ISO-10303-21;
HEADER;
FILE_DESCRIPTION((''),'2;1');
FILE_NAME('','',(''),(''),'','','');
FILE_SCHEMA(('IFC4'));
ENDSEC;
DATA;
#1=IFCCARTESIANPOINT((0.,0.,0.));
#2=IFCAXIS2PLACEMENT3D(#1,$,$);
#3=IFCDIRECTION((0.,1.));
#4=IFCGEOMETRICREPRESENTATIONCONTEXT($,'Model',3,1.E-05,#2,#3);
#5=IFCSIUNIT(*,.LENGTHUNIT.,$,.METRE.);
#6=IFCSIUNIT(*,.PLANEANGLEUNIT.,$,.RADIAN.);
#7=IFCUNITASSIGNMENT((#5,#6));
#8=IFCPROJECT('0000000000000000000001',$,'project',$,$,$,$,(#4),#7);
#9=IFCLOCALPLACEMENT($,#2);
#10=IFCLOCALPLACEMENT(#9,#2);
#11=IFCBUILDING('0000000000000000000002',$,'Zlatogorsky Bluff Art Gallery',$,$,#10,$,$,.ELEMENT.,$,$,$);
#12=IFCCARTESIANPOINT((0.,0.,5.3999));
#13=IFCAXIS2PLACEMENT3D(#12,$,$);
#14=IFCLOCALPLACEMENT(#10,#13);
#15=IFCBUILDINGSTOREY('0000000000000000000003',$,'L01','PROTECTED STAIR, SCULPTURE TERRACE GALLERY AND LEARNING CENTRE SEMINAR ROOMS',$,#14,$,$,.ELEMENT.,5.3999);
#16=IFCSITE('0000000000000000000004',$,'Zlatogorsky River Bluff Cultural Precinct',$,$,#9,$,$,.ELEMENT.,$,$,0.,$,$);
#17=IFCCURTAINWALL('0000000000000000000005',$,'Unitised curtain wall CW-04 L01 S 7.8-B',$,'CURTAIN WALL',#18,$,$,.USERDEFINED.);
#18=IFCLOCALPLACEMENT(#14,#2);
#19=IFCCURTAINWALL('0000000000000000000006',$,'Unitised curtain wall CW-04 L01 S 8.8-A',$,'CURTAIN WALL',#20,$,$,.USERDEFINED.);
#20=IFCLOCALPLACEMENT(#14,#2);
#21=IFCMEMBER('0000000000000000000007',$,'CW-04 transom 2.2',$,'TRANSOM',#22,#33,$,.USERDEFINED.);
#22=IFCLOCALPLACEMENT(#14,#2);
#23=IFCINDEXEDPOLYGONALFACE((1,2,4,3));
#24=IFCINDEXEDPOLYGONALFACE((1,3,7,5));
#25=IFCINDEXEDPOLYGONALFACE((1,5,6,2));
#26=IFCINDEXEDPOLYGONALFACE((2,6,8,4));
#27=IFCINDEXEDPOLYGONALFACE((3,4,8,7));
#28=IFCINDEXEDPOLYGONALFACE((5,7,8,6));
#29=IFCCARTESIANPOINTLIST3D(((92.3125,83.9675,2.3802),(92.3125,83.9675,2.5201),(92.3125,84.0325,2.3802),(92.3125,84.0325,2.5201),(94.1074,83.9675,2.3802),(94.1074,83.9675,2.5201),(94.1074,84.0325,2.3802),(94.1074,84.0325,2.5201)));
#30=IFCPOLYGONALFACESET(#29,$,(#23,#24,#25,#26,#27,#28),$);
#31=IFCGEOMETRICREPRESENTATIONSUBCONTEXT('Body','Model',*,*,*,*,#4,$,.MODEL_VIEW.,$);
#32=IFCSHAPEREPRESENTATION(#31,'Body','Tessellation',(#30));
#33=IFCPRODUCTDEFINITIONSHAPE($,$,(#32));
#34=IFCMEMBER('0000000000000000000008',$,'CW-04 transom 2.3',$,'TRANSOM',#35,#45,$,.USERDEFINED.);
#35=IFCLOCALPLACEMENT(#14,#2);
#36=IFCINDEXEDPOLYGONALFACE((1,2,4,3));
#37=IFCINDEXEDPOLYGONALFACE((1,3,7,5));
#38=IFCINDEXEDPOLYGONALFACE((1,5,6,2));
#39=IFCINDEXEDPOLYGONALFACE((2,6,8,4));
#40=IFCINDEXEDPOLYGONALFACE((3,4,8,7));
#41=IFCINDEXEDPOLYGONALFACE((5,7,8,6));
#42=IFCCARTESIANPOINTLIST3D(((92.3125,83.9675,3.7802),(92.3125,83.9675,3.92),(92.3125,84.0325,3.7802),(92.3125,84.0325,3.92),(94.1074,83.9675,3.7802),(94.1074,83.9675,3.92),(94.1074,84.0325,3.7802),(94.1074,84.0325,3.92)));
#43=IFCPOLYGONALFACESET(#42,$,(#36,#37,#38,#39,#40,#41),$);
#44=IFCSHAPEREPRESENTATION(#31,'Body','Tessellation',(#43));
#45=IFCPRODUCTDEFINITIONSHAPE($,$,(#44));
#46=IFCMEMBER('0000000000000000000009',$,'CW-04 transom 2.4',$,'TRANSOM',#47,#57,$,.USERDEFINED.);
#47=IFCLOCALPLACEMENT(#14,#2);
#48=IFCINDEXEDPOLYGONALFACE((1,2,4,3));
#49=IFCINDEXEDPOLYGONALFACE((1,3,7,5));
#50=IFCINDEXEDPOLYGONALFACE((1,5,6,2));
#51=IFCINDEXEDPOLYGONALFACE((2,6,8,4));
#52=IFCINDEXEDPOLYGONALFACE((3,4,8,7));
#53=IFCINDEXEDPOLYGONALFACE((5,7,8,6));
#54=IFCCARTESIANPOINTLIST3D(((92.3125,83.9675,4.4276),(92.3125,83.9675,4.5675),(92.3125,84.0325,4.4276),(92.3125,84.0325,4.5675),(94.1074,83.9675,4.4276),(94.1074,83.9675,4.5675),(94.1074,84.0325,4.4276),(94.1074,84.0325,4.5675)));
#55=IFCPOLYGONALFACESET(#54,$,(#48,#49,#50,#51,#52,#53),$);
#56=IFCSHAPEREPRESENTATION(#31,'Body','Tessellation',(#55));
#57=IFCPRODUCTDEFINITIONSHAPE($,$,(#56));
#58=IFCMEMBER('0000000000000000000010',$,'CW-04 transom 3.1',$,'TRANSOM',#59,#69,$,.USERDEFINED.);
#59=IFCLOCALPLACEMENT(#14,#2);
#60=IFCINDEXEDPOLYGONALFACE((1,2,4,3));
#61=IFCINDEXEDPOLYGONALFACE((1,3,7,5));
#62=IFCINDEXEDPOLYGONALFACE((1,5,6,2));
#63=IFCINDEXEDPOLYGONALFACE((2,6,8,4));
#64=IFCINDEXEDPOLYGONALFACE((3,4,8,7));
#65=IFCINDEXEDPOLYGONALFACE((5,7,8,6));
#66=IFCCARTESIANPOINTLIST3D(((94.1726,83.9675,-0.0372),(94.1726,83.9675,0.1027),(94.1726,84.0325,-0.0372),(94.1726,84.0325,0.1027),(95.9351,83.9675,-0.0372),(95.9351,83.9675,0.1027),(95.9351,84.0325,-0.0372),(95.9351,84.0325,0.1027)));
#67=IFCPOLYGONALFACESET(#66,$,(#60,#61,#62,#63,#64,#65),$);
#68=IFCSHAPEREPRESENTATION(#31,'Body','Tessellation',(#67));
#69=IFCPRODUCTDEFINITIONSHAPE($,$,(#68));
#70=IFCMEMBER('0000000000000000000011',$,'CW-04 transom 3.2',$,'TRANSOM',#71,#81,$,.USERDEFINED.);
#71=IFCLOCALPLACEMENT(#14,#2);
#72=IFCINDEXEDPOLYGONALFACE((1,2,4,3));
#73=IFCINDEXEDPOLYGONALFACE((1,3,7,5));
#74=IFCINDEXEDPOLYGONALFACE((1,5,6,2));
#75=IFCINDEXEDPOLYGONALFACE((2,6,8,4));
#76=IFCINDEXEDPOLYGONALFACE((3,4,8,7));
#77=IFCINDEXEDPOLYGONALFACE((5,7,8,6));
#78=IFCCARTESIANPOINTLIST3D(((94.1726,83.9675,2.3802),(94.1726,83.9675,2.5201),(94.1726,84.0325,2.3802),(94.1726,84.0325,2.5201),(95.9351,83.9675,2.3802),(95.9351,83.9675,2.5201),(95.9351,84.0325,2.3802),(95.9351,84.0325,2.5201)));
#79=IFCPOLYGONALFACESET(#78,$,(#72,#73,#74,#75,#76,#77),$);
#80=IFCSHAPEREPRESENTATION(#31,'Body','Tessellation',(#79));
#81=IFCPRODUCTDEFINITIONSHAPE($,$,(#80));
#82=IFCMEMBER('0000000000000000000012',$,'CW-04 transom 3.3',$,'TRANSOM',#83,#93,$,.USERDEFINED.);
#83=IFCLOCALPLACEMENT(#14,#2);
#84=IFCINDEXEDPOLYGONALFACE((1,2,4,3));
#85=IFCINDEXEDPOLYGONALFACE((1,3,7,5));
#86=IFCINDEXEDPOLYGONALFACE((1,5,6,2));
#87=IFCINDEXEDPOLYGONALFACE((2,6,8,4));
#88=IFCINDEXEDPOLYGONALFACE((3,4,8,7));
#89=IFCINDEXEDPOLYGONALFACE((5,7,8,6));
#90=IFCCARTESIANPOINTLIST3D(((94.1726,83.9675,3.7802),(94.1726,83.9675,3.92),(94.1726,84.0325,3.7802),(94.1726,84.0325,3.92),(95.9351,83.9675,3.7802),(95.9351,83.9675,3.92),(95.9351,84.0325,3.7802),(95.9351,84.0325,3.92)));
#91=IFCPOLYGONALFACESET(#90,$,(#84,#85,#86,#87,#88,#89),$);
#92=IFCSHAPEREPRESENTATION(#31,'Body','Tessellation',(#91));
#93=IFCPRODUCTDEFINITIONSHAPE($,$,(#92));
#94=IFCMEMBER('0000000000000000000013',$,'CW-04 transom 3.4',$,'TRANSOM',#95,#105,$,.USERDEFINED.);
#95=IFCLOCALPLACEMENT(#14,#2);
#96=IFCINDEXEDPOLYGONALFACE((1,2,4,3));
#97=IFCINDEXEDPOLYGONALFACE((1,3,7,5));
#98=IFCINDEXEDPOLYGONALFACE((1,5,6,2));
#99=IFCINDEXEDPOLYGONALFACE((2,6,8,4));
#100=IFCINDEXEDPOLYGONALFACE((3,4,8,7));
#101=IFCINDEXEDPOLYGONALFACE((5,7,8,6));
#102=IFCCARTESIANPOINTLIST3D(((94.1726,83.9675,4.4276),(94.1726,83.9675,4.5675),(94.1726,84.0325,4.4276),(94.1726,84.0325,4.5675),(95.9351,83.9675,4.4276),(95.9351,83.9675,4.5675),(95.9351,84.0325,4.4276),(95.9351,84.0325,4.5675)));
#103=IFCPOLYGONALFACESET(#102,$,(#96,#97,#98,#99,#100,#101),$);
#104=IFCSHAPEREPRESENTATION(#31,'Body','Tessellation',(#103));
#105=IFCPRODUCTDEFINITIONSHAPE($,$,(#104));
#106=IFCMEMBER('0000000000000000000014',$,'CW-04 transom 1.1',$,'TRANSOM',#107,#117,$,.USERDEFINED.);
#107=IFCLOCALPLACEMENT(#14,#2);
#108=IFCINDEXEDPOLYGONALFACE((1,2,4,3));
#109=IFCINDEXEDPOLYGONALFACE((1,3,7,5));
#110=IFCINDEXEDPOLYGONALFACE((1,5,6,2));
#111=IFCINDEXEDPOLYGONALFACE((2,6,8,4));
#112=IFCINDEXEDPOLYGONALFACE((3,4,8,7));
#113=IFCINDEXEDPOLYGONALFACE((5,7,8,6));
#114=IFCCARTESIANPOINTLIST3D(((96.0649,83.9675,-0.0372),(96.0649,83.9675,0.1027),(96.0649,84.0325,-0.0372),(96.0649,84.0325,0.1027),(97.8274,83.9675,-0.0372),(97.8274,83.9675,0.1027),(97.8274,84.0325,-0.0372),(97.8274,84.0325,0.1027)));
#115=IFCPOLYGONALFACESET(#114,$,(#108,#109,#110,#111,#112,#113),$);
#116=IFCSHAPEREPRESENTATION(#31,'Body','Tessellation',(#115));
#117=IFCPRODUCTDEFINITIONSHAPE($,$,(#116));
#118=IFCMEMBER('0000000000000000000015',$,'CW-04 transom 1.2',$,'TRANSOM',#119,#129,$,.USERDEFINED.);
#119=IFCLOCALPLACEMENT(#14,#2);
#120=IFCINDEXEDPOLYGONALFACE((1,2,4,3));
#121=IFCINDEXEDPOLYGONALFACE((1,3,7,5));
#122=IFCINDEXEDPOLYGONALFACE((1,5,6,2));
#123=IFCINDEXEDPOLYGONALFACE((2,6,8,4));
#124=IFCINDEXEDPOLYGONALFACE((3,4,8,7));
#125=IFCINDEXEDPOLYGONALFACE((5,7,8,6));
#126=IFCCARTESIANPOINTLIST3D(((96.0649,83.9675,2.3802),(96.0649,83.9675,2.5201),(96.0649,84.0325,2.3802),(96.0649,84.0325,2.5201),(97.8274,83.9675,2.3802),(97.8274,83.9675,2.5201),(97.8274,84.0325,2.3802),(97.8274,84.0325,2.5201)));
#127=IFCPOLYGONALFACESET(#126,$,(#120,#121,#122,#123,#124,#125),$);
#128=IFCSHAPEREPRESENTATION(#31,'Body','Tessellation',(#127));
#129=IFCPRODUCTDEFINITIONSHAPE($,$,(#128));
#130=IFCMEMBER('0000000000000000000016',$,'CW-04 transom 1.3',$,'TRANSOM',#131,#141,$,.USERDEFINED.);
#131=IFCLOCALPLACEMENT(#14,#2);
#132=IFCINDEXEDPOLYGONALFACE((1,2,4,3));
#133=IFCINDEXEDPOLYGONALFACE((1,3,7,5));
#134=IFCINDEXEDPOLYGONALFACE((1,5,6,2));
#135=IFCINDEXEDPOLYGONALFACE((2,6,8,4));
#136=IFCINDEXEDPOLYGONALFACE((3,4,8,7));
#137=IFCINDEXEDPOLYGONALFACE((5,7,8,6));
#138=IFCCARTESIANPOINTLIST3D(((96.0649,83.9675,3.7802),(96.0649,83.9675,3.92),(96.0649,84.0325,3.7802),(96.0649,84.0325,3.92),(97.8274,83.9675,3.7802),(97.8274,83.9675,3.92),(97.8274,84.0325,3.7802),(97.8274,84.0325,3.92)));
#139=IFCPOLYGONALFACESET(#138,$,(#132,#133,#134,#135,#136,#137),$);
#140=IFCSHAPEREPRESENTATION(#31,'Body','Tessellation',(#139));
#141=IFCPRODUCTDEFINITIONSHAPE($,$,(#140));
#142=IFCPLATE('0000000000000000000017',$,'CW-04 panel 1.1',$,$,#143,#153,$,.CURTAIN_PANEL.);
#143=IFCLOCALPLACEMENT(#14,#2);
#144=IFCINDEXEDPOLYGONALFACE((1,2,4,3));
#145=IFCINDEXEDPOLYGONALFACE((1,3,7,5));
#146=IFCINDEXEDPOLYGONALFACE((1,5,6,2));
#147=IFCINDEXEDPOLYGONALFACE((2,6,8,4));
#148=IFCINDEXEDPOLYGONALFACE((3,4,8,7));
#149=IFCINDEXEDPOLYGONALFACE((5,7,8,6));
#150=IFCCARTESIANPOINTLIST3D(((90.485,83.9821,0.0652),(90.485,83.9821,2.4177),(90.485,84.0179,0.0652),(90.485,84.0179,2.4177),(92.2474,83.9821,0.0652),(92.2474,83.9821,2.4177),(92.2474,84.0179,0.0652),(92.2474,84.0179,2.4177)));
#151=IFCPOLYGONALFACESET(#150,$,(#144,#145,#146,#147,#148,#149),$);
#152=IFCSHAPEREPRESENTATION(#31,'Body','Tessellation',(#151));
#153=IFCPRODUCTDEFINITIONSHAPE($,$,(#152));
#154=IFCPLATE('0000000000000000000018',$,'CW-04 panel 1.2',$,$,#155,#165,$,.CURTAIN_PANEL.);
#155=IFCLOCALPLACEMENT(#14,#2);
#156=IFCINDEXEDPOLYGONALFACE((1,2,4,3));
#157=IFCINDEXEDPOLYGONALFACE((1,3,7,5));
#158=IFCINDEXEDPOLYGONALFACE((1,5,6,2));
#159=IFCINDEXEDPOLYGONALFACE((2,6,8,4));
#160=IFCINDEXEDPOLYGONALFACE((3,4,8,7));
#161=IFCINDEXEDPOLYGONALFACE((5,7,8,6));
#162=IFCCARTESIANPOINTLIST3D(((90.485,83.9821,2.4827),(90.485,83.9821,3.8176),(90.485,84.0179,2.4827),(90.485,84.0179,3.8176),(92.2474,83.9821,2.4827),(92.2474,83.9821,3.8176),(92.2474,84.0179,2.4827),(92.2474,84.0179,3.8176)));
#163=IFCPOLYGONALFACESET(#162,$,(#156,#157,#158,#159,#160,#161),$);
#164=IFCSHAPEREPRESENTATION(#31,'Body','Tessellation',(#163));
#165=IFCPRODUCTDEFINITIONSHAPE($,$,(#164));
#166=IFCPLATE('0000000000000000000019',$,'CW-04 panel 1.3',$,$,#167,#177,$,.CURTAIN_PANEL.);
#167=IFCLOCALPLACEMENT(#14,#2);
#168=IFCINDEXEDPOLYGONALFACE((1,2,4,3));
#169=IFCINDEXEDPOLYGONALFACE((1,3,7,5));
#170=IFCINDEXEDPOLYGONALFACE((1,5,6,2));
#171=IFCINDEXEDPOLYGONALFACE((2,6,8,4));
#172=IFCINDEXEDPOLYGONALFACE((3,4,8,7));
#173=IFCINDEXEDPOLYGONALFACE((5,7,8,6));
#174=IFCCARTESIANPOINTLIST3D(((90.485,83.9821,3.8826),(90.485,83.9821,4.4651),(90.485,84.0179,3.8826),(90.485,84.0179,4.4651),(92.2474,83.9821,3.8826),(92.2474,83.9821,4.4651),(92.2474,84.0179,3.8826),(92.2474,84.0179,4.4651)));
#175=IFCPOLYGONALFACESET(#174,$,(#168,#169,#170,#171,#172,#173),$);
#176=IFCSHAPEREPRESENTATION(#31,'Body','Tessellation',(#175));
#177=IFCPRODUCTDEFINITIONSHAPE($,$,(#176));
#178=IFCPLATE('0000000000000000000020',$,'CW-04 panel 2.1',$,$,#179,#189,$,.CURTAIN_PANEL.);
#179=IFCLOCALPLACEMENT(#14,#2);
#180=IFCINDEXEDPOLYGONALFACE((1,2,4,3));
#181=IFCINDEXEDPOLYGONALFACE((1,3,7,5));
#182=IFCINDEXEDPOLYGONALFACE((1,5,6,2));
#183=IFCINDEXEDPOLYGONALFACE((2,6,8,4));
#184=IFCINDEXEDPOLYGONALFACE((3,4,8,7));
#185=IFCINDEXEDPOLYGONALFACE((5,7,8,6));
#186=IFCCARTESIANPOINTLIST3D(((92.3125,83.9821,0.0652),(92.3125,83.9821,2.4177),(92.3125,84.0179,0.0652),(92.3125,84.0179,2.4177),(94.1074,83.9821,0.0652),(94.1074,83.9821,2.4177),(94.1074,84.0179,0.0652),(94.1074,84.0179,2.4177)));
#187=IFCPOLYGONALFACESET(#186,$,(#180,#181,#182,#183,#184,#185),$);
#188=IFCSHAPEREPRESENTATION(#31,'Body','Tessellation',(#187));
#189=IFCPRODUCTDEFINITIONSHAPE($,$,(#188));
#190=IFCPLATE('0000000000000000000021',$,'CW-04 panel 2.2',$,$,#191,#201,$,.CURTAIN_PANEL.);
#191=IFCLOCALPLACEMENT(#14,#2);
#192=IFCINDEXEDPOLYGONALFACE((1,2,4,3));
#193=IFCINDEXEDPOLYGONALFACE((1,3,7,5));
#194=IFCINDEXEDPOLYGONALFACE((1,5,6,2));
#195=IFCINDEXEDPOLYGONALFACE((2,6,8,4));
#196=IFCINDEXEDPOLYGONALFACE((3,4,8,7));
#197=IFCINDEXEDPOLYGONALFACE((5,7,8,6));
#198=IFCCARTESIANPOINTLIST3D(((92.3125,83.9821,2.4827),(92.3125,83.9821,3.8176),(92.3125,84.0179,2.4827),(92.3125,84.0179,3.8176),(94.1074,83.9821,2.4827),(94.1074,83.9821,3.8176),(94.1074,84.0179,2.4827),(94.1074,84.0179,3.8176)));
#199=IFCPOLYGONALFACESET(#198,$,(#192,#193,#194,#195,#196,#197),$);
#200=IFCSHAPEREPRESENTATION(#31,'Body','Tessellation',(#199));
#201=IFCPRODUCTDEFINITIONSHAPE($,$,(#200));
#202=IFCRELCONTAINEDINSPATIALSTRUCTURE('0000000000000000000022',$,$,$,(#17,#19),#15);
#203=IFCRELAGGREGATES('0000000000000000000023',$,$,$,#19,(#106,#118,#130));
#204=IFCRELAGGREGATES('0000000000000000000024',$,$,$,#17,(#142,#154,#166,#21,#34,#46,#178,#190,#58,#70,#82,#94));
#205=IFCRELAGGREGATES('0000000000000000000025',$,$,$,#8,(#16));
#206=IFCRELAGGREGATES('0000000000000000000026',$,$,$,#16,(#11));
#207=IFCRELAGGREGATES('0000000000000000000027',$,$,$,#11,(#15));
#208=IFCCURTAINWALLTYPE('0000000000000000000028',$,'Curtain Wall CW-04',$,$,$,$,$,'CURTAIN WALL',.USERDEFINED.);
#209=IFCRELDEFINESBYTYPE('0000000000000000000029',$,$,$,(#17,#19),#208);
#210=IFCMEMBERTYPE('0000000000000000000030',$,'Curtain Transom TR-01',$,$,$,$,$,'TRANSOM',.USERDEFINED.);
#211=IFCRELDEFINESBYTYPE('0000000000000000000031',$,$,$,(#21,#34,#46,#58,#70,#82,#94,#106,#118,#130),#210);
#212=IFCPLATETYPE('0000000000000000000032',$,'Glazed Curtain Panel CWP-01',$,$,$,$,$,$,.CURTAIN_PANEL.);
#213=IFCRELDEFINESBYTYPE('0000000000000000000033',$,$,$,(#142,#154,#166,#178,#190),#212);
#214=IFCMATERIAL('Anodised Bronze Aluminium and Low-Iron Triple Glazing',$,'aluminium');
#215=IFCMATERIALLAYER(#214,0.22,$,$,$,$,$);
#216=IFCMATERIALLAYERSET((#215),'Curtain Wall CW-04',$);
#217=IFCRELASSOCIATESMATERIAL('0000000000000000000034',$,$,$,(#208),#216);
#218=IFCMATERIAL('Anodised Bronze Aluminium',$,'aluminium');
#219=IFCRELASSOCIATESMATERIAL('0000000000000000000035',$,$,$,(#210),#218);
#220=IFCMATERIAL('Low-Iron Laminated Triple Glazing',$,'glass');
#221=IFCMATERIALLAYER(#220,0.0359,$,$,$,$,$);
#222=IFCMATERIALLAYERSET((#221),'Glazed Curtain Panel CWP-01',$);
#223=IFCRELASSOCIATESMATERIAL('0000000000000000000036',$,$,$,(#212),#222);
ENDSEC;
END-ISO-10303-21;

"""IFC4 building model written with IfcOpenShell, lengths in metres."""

from ifc_helpers import new_model, si_unit, direction, frame, origin, origin_2d, place, context, subcontext, project, spatial, rectangle, extrude, material, layer, layer_set, material_profile, profile_set, type_object, element, aggregate, save


model = new_model("IFC4")

# Units and contexts
model_context = context("Model", 3, precision=1e-05, world=origin(), true_north=direction((0.0, 1.0)))
body_context = subcontext(model_context, "Body", "Model", "MODEL_VIEW")
ifc_project = project(units=[si_unit("LENGTHUNIT", "METRE"), si_unit("PLANEANGLEUNIT", "RADIAN")], contexts=[model_context])

# Site, building, storey
site_placement = place(None, origin())
site = spatial("IfcSite", under=ifc_project, at=site_placement, Name="Zlatogorsky River Bluff Cultural Precinct", CompositionType="ELEMENT", RefElevation=0.0)
building_placement = place(site_placement, origin())
building = spatial("IfcBuilding", under=site, at=building_placement, Name="Zlatogorsky Bluff Art Gallery", CompositionType="ELEMENT")
storey_placement = place(building_placement, frame((0.0, 0.0, 5.3999)))
storey = spatial("IfcBuildingStorey", under=building, at=storey_placement, Name="L01", Description="PROTECTED STAIR, SCULPTURE TERRACE GALLERY AND LEARNING CENTRE SEMINAR ROOMS", CompositionType="ELEMENT", Elevation=5.3999)

# Curtain wall
ifc_material_1 = material(Name="Anodised Bronze Aluminium and Low-Iron Triple Glazing", Category="aluminium")
ifc_layer_1 = layer(ifc_material_1, 0.22)
ifc_layer_set_1 = layer_set([ifc_layer_1], Name="Curtain Wall CW-04")
curtain_wall_type = type_object("IfcCurtainWallType", Name="Curtain Wall CW-04", ElementType="CURTAIN WALL", PredefinedType="USERDEFINED", material=ifc_layer_set_1)
curtain_wall_1_placement = place(storey_placement, origin())
curtain_wall_1 = element("IfcCurtainWall", 1, at=curtain_wall_1_placement, inside=storey, type_object=curtain_wall_type, Name="Unitised curtain wall CW-04 L01 S 7.8-B", ObjectType="CURTAIN WALL", PredefinedType="USERDEFINED")
ifc_material_2 = material(Name="Anodised Bronze Aluminium", Category="aluminium")

# Curtain wall
curtain_wall_2_placement = place(storey_placement, origin())
curtain_wall_2 = element("IfcCurtainWall", 2, at=curtain_wall_2_placement, inside=storey, type_object=curtain_wall_type, Name="Unitised curtain wall CW-04 L01 S 8.8-A", ObjectType="CURTAIN WALL", PredefinedType="USERDEFINED")

# Members
ifc_material_profile_1 = material_profile(ifc_material_2, rectangle(XDim=0.0649, YDim=0.1399, at=origin_2d()), Name="ALU TRANSOM 65x140")
ifc_profile_set_1 = profile_set([ifc_material_profile_1], Name="Anodised Bronze Aluminium")
member_type_1 = type_object("IfcMemberType", Name="Curtain Transom TR-01", ElementType="TRANSOM", PredefinedType="USERDEFINED", material=ifc_profile_set_1)
member_1_placement = place(storey_placement, frame((92.3125, 84.0, 2.4502), z_axis=(1.0, 0.0, 0.0), x_axis=(0.0, 1.0, 0.0)))
member_1 = element("IfcMember", 3, at=member_1_placement, type_object=member_type_1, Name="CW-04 transom 2.2", ObjectType="TRANSOM", PredefinedType="USERDEFINED", context=body_context, shape_type="SweptSolid", body=[
    extrude(rectangle(XDim=0.0649, YDim=0.1399, at=origin_2d()), origin(), (0.0, 0.0, 1.0), 1.7949),
])
member_2_placement = place(storey_placement, frame((92.3125, 84.0, 3.8501), z_axis=(1.0, 0.0, 0.0), x_axis=(0.0, 1.0, 0.0)))
member_2 = element("IfcMember", 4, at=member_2_placement, type_object=member_type_1, Name="CW-04 transom 2.3", ObjectType="TRANSOM", PredefinedType="USERDEFINED", context=body_context, shape_type="SweptSolid", body=[
    extrude(rectangle(XDim=0.0649, YDim=0.1399, at=origin_2d()), origin(), (0.0, 0.0, 1.0), 1.7949),
])
member_3_placement = place(storey_placement, frame((92.3125, 84.0, 4.4976), z_axis=(1.0, 0.0, 0.0), x_axis=(0.0, 1.0, 0.0)))
member_3 = element("IfcMember", 5, at=member_3_placement, type_object=member_type_1, Name="CW-04 transom 2.4", ObjectType="TRANSOM", PredefinedType="USERDEFINED", context=body_context, shape_type="SweptSolid", body=[
    extrude(rectangle(XDim=0.0649, YDim=0.1399, at=origin_2d()), origin(), (0.0, 0.0, 1.0), 1.7949),
])
member_4_placement = place(storey_placement, frame((94.1726, 84.0, 0.0327), z_axis=(1.0, 0.0, 0.0), x_axis=(0.0, 1.0, 0.0)))
member_4 = element("IfcMember", 6, at=member_4_placement, type_object=member_type_1, Name="CW-04 transom 3.1", ObjectType="TRANSOM", PredefinedType="USERDEFINED", context=body_context, shape_type="SweptSolid", body=[
    extrude(rectangle(XDim=0.0649, YDim=0.1399, at=origin_2d()), origin(), (0.0, 0.0, 1.0), 1.7625),
])
member_5_placement = place(storey_placement, frame((94.1726, 84.0, 2.4502), z_axis=(1.0, 0.0, 0.0), x_axis=(0.0, 1.0, 0.0)))
member_5 = element("IfcMember", 7, at=member_5_placement, type_object=member_type_1, Name="CW-04 transom 3.2", ObjectType="TRANSOM", PredefinedType="USERDEFINED", context=body_context, shape_type="SweptSolid", body=[
    extrude(rectangle(XDim=0.0649, YDim=0.1399, at=origin_2d()), origin(), (0.0, 0.0, 1.0), 1.7625),
])
member_6_placement = place(storey_placement, frame((94.1726, 84.0, 3.8501), z_axis=(1.0, 0.0, 0.0), x_axis=(0.0, 1.0, 0.0)))
member_6 = element("IfcMember", 8, at=member_6_placement, type_object=member_type_1, Name="CW-04 transom 3.3", ObjectType="TRANSOM", PredefinedType="USERDEFINED", context=body_context, shape_type="SweptSolid", body=[
    extrude(rectangle(XDim=0.0649, YDim=0.1399, at=origin_2d()), origin(), (0.0, 0.0, 1.0), 1.7625),
])
member_7_placement = place(storey_placement, frame((94.1726, 84.0, 4.4976), z_axis=(1.0, 0.0, 0.0), x_axis=(0.0, 1.0, 0.0)))
member_7 = element("IfcMember", 9, at=member_7_placement, type_object=member_type_1, Name="CW-04 transom 3.4", ObjectType="TRANSOM", PredefinedType="USERDEFINED", context=body_context, shape_type="SweptSolid", body=[
    extrude(rectangle(XDim=0.0649, YDim=0.1399, at=origin_2d()), origin(), (0.0, 0.0, 1.0), 1.7625),
])
member_8_placement = place(storey_placement, frame((96.0649, 84.0, 0.0327), z_axis=(1.0, 0.0, 0.0), x_axis=(0.0, 1.0, 0.0)))
member_8 = element("IfcMember", 10, at=member_8_placement, type_object=member_type_1, Name="CW-04 transom 1.1", ObjectType="TRANSOM", PredefinedType="USERDEFINED", context=body_context, shape_type="SweptSolid", body=[
    extrude(rectangle(XDim=0.0649, YDim=0.1399, at=origin_2d()), origin(), (0.0, 0.0, 1.0), 1.7625),
])
member_9_placement = place(storey_placement, frame((96.0649, 84.0, 2.4502), z_axis=(1.0, 0.0, 0.0), x_axis=(0.0, 1.0, 0.0)))
member_9 = element("IfcMember", 11, at=member_9_placement, type_object=member_type_1, Name="CW-04 transom 1.2", ObjectType="TRANSOM", PredefinedType="USERDEFINED", context=body_context, shape_type="SweptSolid", body=[
    extrude(rectangle(XDim=0.0649, YDim=0.1399, at=origin_2d()), origin(), (0.0, 0.0, 1.0), 1.7625),
])
member_10_placement = place(storey_placement, frame((96.0649, 84.0, 3.8501), z_axis=(1.0, 0.0, 0.0), x_axis=(0.0, 1.0, 0.0)))
member_10 = element("IfcMember", 12, at=member_10_placement, type_object=member_type_1, Name="CW-04 transom 1.3", ObjectType="TRANSOM", PredefinedType="USERDEFINED", context=body_context, shape_type="SweptSolid", body=[
    extrude(rectangle(XDim=0.0649, YDim=0.1399, at=origin_2d()), origin(), (0.0, 0.0, 1.0), 1.7625),
])
aggregate(curtain_wall_2, [member_8, member_9, member_10])

# Plates
ifc_material_3 = material(Name="Low-Iron Laminated Triple Glazing", Category="glass")
ifc_layer_2 = layer(ifc_material_3, 0.0359)
ifc_layer_set_2 = layer_set([ifc_layer_2], Name="Glazed Curtain Panel CWP-01")
plate_type = type_object("IfcPlateType", Name="Glazed Curtain Panel CWP-01", PredefinedType="CURTAIN_PANEL", material=ifc_layer_set_2)
plate_1_placement = place(storey_placement, frame((91.3662, 84.0, 0.0652), z_axis=(0.0, 0.0, 1.0), x_axis=(1.0, 0.0, 0.0)))
plate_1 = element("IfcPlate", 13, at=plate_1_placement, type_object=plate_type, Name="CW-04 panel 1.1", PredefinedType="CURTAIN_PANEL", context=body_context, shape_type="SweptSolid", body=[
    extrude(rectangle(XDim=1.7625, YDim=0.0359, at=origin_2d()), origin(), (0.0, 0.0, 1.0), 2.3525),
])
plate_2_placement = place(storey_placement, frame((91.3662, 84.0, 2.4827), z_axis=(0.0, 0.0, 1.0), x_axis=(1.0, 0.0, 0.0)))
plate_2 = element("IfcPlate", 14, at=plate_2_placement, type_object=plate_type, Name="CW-04 panel 1.2", PredefinedType="CURTAIN_PANEL", context=body_context, shape_type="SweptSolid", body=[
    extrude(rectangle(XDim=1.7625, YDim=0.0359, at=origin_2d()), origin(), (0.0, 0.0, 1.0), 1.335),
])
plate_3_placement = place(storey_placement, frame((91.3662, 84.0, 3.8826), z_axis=(0.0, 0.0, 1.0), x_axis=(1.0, 0.0, 0.0)))
plate_3 = element("IfcPlate", 15, at=plate_3_placement, type_object=plate_type, Name="CW-04 panel 1.3", PredefinedType="CURTAIN_PANEL", context=body_context, shape_type="SweptSolid", body=[
    extrude(rectangle(XDim=1.7625, YDim=0.0359, at=origin_2d()), origin(), (0.0, 0.0, 1.0), 0.5825),
])
plate_4_placement = place(storey_placement, frame((93.21, 84.0, 0.0652), z_axis=(0.0, 0.0, 1.0), x_axis=(1.0, 0.0, 0.0)))
plate_4 = element("IfcPlate", 16, at=plate_4_placement, type_object=plate_type, Name="CW-04 panel 2.1", PredefinedType="CURTAIN_PANEL", context=body_context, shape_type="SweptSolid", body=[
    extrude(rectangle(XDim=1.7949, YDim=0.0359, at=origin_2d()), origin(), (0.0, 0.0, 1.0), 2.3525),
])
plate_5_placement = place(storey_placement, frame((93.21, 84.0, 2.4827), z_axis=(0.0, 0.0, 1.0), x_axis=(1.0, 0.0, 0.0)))
plate_5 = element("IfcPlate", 17, at=plate_5_placement, type_object=plate_type, Name="CW-04 panel 2.2", PredefinedType="CURTAIN_PANEL", context=body_context, shape_type="SweptSolid", body=[
    extrude(rectangle(XDim=1.7949, YDim=0.0359, at=origin_2d()), origin(), (0.0, 0.0, 1.0), 1.335),
])
aggregate(curtain_wall_1, [plate_1, plate_2, plate_3, member_1, member_2, member_3, plate_4, plate_5, member_4, member_5, member_6, member_7])

save(model, "model.ifc")
